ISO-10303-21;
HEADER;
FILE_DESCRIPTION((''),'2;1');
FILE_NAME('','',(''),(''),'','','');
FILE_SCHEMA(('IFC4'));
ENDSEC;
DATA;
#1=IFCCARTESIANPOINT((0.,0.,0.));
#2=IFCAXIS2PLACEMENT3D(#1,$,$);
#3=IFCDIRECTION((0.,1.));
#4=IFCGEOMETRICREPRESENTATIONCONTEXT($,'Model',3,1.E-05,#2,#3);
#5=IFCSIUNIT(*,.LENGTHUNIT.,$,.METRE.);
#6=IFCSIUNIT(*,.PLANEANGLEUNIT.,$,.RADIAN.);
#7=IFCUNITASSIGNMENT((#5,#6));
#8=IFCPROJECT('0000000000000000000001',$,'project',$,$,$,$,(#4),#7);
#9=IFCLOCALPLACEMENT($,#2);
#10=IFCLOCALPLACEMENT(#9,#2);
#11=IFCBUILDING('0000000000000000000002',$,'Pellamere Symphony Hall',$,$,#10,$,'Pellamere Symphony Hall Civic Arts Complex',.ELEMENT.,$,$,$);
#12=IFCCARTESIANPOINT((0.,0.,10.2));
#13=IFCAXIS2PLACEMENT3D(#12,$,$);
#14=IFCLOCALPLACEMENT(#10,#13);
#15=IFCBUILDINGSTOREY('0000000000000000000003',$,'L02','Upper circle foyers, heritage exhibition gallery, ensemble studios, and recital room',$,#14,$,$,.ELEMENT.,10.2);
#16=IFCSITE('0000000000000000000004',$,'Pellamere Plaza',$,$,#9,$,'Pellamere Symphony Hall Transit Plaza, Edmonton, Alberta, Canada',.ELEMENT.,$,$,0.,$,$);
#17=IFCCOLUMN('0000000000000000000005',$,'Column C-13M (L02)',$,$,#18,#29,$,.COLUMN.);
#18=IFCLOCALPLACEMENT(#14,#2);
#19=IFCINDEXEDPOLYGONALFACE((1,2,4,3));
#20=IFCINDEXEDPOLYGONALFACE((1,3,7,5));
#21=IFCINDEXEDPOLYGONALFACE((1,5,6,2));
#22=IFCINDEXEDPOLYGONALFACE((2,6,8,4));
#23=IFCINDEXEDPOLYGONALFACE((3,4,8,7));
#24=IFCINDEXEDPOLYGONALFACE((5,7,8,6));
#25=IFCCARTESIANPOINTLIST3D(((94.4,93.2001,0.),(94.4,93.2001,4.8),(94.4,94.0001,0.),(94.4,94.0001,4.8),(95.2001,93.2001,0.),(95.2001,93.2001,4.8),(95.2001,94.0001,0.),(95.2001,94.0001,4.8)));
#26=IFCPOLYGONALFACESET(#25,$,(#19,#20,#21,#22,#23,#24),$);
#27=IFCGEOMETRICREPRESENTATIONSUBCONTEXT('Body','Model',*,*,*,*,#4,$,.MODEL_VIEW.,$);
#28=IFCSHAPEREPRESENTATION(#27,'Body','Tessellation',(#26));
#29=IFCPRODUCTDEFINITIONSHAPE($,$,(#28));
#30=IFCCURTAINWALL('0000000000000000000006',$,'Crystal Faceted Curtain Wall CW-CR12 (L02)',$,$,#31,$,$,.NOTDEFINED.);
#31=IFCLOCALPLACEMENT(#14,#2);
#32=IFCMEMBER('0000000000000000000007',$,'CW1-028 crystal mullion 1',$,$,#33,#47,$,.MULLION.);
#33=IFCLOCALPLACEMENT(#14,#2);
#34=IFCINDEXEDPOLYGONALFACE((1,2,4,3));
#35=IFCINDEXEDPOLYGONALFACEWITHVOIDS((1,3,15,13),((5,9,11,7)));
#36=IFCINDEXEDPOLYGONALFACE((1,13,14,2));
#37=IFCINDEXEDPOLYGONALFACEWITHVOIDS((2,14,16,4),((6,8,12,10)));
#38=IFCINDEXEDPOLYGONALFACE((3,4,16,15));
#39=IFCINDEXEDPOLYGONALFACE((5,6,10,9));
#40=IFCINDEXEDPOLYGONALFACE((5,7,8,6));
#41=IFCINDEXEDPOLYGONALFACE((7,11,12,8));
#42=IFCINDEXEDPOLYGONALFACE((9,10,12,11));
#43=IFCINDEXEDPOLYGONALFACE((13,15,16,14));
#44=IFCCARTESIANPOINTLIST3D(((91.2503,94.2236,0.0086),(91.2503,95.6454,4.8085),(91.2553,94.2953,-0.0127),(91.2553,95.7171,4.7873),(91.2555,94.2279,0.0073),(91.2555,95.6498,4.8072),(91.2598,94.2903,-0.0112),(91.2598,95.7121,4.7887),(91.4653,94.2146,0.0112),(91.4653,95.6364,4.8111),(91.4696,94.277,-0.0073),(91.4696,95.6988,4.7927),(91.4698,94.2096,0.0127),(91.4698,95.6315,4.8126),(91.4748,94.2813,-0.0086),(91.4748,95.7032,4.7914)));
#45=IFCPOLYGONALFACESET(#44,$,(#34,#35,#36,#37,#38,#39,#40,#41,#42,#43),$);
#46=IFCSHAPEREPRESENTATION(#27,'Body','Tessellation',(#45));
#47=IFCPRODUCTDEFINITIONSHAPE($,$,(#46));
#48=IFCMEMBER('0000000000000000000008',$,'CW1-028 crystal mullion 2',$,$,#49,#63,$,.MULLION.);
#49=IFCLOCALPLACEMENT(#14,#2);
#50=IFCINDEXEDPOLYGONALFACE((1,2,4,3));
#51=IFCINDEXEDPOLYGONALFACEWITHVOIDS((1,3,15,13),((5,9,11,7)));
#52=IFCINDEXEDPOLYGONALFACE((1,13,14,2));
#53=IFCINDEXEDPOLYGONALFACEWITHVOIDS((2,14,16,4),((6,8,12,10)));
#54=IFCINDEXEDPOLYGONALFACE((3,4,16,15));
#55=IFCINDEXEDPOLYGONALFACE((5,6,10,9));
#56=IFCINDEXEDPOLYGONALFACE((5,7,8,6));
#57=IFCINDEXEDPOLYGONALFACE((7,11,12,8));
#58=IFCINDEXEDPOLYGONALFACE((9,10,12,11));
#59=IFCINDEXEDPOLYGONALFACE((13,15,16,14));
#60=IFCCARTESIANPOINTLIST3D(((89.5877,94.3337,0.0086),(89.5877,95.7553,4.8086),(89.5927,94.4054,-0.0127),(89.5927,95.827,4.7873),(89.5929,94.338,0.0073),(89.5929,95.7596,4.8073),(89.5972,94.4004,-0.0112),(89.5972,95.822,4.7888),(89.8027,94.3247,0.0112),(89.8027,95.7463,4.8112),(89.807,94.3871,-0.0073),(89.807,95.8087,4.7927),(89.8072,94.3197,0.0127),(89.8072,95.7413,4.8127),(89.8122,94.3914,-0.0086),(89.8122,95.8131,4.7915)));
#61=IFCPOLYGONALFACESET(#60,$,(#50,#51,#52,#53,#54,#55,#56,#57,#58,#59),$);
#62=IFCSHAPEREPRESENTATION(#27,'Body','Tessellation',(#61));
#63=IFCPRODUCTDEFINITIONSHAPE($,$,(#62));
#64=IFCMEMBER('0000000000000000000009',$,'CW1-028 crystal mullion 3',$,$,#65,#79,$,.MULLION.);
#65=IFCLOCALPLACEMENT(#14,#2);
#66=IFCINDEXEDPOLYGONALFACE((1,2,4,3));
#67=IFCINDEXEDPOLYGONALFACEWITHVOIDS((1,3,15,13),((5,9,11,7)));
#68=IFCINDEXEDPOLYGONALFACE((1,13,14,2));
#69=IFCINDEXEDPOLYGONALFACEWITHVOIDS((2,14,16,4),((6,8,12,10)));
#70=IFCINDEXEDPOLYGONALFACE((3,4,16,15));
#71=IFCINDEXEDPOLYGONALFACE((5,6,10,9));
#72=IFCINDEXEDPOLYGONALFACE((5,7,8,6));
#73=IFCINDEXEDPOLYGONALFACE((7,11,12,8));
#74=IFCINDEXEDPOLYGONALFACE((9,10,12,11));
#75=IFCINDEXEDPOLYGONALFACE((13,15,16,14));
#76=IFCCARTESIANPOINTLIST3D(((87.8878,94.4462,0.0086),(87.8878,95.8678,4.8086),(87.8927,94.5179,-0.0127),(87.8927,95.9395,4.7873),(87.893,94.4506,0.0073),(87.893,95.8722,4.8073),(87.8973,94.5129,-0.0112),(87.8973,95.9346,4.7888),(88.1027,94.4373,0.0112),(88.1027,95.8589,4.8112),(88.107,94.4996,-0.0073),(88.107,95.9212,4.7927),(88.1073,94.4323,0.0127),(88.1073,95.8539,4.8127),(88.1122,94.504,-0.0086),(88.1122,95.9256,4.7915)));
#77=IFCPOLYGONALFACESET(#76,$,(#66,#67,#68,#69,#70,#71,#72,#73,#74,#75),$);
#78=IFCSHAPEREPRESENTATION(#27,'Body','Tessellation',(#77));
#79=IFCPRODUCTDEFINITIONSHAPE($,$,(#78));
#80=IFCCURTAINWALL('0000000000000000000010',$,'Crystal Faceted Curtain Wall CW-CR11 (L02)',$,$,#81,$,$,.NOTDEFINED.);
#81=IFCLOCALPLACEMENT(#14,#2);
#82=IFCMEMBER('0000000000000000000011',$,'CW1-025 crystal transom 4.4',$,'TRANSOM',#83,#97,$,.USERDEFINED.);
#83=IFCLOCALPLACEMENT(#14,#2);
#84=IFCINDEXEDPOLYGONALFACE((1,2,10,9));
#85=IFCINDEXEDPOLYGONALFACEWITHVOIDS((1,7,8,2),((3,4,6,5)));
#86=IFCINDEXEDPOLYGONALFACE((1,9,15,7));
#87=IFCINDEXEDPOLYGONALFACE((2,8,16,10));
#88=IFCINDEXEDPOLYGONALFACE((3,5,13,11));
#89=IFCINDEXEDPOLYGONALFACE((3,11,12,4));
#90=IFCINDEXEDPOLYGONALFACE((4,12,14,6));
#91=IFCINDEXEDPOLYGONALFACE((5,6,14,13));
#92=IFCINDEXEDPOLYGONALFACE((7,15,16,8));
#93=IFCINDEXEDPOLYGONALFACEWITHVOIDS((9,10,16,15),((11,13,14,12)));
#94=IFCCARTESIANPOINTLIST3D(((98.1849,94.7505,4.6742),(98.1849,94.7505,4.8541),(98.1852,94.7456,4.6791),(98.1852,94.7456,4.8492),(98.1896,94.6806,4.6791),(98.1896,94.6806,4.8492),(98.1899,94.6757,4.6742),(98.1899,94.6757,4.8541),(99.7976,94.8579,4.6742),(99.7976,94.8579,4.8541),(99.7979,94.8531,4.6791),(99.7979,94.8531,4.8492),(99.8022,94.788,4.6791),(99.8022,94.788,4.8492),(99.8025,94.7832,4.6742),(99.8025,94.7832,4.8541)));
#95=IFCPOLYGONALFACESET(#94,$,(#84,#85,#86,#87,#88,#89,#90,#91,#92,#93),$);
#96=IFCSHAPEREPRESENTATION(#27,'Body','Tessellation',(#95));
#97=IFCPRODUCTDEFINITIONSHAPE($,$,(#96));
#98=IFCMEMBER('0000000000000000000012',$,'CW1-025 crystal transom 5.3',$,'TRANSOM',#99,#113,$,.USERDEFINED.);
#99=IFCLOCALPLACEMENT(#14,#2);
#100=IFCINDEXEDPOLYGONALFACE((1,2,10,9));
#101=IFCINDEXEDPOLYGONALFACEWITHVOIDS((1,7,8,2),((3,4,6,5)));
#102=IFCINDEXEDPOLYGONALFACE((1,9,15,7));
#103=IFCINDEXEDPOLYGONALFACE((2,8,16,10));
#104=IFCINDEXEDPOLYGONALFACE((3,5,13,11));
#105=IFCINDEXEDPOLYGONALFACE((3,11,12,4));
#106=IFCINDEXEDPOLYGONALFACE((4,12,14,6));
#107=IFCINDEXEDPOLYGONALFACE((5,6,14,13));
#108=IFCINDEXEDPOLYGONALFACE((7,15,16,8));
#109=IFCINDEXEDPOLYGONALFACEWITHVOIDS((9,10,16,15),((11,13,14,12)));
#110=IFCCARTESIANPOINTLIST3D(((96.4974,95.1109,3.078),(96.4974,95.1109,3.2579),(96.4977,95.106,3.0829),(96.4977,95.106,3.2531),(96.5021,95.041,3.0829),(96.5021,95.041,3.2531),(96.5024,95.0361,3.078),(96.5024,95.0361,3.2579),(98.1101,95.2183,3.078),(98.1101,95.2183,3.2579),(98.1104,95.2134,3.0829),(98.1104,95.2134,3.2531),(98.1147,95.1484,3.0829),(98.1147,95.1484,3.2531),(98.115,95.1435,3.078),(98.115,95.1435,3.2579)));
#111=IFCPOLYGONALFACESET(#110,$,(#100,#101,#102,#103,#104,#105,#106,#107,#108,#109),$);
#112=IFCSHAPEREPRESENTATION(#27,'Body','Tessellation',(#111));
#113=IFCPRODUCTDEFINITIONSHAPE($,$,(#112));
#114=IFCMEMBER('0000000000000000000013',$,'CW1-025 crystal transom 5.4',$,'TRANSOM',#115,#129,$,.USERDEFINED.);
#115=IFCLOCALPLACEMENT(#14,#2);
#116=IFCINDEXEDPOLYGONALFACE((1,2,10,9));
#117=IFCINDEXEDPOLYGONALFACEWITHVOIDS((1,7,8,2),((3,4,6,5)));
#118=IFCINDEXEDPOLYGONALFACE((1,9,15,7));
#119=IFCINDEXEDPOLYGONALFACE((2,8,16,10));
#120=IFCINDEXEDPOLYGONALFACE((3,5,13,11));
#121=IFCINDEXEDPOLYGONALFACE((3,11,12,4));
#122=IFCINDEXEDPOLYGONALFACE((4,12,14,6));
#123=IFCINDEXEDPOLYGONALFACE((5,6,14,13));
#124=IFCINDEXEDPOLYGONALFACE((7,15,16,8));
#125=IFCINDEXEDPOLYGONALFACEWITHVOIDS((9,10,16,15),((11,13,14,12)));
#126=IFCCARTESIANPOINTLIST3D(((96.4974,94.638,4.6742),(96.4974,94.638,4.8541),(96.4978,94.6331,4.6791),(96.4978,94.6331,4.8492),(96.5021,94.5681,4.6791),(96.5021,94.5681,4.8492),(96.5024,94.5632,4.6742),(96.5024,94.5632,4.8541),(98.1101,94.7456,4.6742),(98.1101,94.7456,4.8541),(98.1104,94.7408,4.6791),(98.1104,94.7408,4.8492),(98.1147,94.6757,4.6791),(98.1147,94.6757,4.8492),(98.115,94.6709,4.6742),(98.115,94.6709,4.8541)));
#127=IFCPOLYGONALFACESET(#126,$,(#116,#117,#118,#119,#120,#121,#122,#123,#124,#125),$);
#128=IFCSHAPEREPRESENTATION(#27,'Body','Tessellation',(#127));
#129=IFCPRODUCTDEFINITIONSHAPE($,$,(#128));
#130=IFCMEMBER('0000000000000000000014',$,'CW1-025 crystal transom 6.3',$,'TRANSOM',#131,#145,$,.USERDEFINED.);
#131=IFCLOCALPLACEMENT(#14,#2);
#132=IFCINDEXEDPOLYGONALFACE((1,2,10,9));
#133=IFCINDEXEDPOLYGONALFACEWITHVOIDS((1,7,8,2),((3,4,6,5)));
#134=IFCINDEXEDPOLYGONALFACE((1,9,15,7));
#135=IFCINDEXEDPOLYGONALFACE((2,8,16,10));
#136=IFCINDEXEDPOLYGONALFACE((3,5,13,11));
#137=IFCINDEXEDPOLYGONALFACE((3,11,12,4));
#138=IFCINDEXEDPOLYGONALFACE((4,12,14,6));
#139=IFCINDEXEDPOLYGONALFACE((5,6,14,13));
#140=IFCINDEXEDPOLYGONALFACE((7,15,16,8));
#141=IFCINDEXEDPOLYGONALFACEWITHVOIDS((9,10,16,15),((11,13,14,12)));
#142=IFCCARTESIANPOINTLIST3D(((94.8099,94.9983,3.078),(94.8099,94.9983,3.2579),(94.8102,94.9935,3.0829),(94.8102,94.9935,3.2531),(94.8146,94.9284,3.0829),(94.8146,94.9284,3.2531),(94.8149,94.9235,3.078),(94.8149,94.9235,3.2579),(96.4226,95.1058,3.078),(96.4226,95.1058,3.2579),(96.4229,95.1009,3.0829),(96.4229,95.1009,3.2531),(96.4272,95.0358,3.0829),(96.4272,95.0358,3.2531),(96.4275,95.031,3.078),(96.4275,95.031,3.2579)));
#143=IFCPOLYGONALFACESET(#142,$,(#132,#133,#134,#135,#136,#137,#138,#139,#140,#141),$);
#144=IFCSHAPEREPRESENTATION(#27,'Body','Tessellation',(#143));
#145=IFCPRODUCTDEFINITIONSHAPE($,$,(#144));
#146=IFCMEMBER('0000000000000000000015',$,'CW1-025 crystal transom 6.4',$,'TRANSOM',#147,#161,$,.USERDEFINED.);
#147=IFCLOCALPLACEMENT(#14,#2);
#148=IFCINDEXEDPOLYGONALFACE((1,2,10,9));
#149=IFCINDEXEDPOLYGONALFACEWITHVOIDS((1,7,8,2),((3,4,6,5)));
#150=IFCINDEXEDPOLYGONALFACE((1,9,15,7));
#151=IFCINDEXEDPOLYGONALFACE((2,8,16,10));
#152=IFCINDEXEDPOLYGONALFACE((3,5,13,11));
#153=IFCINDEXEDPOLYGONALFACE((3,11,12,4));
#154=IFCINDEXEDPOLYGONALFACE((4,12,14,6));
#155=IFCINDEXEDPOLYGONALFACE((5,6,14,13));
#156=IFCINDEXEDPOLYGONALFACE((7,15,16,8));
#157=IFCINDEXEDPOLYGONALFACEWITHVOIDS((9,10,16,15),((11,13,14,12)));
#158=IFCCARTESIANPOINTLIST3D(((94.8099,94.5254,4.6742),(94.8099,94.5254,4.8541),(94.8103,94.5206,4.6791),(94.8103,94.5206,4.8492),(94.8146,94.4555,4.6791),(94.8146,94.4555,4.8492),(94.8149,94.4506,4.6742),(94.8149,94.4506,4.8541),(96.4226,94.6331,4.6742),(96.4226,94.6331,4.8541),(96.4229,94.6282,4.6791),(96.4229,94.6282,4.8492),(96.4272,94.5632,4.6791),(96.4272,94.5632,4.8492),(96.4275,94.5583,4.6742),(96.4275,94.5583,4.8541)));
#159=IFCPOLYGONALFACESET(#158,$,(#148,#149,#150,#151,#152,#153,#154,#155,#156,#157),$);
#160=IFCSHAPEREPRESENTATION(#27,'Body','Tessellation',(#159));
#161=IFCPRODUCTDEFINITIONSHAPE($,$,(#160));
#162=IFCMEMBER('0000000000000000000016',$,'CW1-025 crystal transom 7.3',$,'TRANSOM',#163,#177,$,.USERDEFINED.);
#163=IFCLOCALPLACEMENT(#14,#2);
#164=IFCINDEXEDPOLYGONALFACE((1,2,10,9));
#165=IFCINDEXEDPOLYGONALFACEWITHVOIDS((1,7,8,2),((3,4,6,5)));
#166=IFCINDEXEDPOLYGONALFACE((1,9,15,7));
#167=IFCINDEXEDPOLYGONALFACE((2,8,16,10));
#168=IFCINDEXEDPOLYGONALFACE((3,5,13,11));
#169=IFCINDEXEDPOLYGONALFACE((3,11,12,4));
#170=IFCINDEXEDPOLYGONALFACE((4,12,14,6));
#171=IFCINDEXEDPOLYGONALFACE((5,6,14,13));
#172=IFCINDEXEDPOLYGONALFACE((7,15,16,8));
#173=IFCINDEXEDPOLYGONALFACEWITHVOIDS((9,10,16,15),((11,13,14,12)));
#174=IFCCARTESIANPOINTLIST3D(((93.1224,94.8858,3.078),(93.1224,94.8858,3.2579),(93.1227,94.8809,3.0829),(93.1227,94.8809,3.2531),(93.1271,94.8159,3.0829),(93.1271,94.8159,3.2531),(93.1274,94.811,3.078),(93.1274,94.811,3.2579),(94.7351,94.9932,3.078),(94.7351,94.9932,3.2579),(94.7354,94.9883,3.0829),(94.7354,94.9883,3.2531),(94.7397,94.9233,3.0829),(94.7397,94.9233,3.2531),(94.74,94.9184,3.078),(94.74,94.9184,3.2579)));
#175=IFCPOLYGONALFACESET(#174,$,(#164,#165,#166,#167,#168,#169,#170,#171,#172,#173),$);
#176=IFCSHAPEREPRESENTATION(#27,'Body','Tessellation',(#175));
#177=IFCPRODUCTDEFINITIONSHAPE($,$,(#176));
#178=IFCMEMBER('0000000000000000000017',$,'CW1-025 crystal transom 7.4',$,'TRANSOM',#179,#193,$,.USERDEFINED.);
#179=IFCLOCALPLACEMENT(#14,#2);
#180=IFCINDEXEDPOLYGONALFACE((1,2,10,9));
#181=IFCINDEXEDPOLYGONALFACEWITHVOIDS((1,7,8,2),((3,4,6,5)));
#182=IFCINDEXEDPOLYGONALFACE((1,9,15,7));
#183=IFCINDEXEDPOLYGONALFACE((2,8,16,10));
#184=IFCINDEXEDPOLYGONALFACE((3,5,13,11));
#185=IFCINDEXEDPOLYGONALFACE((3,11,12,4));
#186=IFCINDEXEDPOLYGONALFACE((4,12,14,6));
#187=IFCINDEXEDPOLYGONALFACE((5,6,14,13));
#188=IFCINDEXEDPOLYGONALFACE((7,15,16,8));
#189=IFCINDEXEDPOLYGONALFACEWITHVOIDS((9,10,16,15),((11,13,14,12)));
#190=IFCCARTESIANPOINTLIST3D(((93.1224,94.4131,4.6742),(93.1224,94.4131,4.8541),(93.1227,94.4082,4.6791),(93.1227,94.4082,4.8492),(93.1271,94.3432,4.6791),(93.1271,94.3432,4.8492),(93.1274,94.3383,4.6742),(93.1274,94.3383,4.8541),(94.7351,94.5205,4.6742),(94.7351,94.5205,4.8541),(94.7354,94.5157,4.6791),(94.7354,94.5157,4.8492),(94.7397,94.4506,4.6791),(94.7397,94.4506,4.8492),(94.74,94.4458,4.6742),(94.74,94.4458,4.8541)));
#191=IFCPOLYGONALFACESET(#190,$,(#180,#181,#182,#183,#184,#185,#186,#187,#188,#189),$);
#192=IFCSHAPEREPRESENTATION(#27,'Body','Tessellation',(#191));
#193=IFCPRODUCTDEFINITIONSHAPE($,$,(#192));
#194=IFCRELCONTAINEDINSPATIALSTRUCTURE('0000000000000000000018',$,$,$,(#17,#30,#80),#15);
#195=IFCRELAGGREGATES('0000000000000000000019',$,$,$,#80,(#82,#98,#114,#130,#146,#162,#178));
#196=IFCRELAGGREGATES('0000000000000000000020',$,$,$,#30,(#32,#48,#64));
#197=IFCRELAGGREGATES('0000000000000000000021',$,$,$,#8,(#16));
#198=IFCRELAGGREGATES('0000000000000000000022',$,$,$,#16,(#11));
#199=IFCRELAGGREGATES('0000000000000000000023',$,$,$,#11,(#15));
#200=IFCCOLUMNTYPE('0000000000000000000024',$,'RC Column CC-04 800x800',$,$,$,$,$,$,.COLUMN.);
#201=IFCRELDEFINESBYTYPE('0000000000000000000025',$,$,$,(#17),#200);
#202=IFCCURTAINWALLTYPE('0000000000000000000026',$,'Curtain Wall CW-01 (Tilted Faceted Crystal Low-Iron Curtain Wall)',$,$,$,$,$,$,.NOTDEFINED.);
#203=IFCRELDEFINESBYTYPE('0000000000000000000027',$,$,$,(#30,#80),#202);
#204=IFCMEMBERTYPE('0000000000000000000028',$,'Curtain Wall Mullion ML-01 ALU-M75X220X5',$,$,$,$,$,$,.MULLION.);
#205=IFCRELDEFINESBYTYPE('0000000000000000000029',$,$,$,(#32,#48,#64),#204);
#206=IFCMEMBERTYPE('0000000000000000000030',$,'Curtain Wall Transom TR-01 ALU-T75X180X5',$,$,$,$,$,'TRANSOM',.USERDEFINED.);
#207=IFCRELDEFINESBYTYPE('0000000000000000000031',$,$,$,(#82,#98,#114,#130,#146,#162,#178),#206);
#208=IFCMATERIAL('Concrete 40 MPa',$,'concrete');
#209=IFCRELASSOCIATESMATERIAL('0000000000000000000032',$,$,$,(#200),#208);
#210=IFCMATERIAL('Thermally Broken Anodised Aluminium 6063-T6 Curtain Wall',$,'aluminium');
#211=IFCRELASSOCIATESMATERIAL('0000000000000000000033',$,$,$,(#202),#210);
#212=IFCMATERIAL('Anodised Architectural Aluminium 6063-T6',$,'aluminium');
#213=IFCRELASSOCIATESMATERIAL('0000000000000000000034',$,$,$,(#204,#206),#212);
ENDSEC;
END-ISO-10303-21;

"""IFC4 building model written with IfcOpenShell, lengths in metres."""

from ifc_helpers import new_model, si_unit, direction, frame, origin, origin_2d, place, context, subcontext, project, spatial, rectangle, hollow_rectangle, extrude, material, material_profile, profile_set, type_object, element, aggregate, save


model = new_model("IFC4")

# Units and contexts
model_context = context("Model", 3, precision=1e-05, world=origin(), true_north=direction((0.0, 1.0)))
body_context = subcontext(model_context, "Body", "Model", "MODEL_VIEW")
ifc_project = project(units=[si_unit("LENGTHUNIT", "METRE"), si_unit("PLANEANGLEUNIT", "RADIAN")], contexts=[model_context])

# Site, building, storey
site_placement = place(None, origin())
site = spatial("IfcSite", under=ifc_project, at=site_placement, Name="Pellamere Plaza", LongName="Pellamere Symphony Hall Transit Plaza, Edmonton, Alberta, Canada", CompositionType="ELEMENT", RefElevation=0.0)
building_placement = place(site_placement, origin())
building = spatial("IfcBuilding", under=site, at=building_placement, Name="Pellamere Symphony Hall", LongName="Pellamere Symphony Hall Civic Arts Complex", CompositionType="ELEMENT")
storey_placement = place(building_placement, frame((0.0, 0.0, 10.2)))
storey = spatial("IfcBuildingStorey", under=building, at=storey_placement, Name="L02", Description="Upper circle foyers, heritage exhibition gallery, ensemble studios, and recital room", CompositionType="ELEMENT", Elevation=10.2)

# Column
ifc_material_1 = material(Name="Concrete 40 MPa", Category="concrete")
ifc_material_profile_1 = material_profile(ifc_material_1, rectangle(XDim=0.8, YDim=0.8, at=origin_2d()), Name="RC 800x800")
ifc_profile_set_1 = profile_set([ifc_material_profile_1], Name="Concrete 40 MPa")
column_type = type_object("IfcColumnType", Name="RC Column CC-04 800x800", PredefinedType="COLUMN", material=ifc_profile_set_1)
column_placement = place(storey_placement, frame((94.8, 93.6001, 0.0), z_axis=(0.0, 0.0, 1.0), x_axis=(1.0, 0.0, 0.0)))
element("IfcColumn", 1, at=column_placement, inside=storey, type_object=column_type, Name="Column C-13M (L02)", PredefinedType="COLUMN", context=body_context, shape_type="SweptSolid", body=[
    extrude(rectangle(XDim=0.8, YDim=0.8, at=origin_2d()), origin(), (0.0, 0.0, 1.0), 4.8),
])

# Curtain walls, members
ifc_material_2 = material(Name="Thermally Broken Anodised Aluminium 6063-T6 Curtain Wall", Category="aluminium")
curtain_wall_type = type_object("IfcCurtainWallType", Name="Curtain Wall CW-01 (Tilted Faceted Crystal Low-Iron Curtain Wall)", PredefinedType="NOTDEFINED", material=ifc_material_2)
curtain_wall_1_placement = place(storey_placement, origin())
curtain_wall_1 = element("IfcCurtainWall", 2, at=curtain_wall_1_placement, inside=storey, type_object=curtain_wall_type, Name="Crystal Faceted Curtain Wall CW-CR12 (L02)", PredefinedType="NOTDEFINED")
ifc_material_3 = material(Name="Anodised Architectural Aluminium 6063-T6", Category="aluminium")
ifc_material_profile_2 = material_profile(ifc_material_3, hollow_rectangle(XDim=0.075, YDim=0.22, WallThickness=0.0049, at=origin_2d()), Name="ALU-M75X220X5")
ifc_profile_set_2 = profile_set([ifc_material_profile_2], Name="Anodised Architectural Aluminium 6063-T6")
member_type_1 = type_object("IfcMemberType", Name="Curtain Wall Mullion ML-01 ALU-M75X220X5", PredefinedType="MULLION", material=ifc_profile_set_2)
member_1_placement = place(storey_placement, frame((91.3625, 94.2524, 0.0), z_axis=(0.0, 0.284022, 0.958818), x_axis=(0.066032, 0.956725, -0.283402)))
member_1 = element("IfcMember", 3, at=member_1_placement, type_object=member_type_1, Name="CW1-028 crystal mullion 1", PredefinedType="MULLION", context=body_context, shape_type="SweptSolid", body=[
    extrude(hollow_rectangle(XDim=0.075, YDim=0.22, WallThickness=0.0049, at=origin_2d()), origin(), (0.0, 0.0, 1.0), 5.0061),
])
member_2_placement = place(storey_placement, frame((89.7, 94.3625, 0.0), z_axis=(0.0, 0.283977, 0.958831), x_axis=(0.066032, 0.956738, -0.283357)))
member_2 = element("IfcMember", 4, at=member_2_placement, type_object=member_type_1, Name="CW1-028 crystal mullion 2", PredefinedType="MULLION", context=body_context, shape_type="SweptSolid", body=[
    extrude(hollow_rectangle(XDim=0.075, YDim=0.22, WallThickness=0.0049, at=origin_2d()), origin(), (0.0, 0.0, 1.0), 5.0061),
])
member_3_placement = place(storey_placement, frame((88.0, 94.4751, 0.0), z_axis=(0.0, 0.283977, 0.958831), x_axis=(0.066032, 0.956738, -0.283357)))
member_3 = element("IfcMember", 5, at=member_3_placement, type_object=member_type_1, Name="CW1-028 crystal mullion 3", PredefinedType="MULLION", context=body_context, shape_type="SweptSolid", body=[
    extrude(hollow_rectangle(XDim=0.075, YDim=0.22, WallThickness=0.0049, at=origin_2d()), origin(), (0.0, 0.0, 1.0), 5.0061),
])
curtain_wall_2_placement = place(storey_placement, origin())
curtain_wall_2 = element("IfcCurtainWall", 6, at=curtain_wall_2_placement, inside=storey, type_object=curtain_wall_type, Name="Crystal Faceted Curtain Wall CW-CR11 (L02)", PredefinedType="NOTDEFINED")
ifc_material_profile_3 = material_profile(ifc_material_3, hollow_rectangle(XDim=0.075, YDim=0.1799, WallThickness=0.0049, at=origin_2d()), Name="ALU-T75X180X5")
ifc_profile_set_3 = profile_set([ifc_material_profile_3], Name="Anodised Architectural Aluminium 6063-T6")
member_type_2 = type_object("IfcMemberType", Name="Curtain Wall Transom TR-01 ALU-T75X180X5", ElementType="TRANSOM", PredefinedType="USERDEFINED", material=ifc_profile_set_3)
member_4_placement = place(storey_placement, frame((99.8, 94.8206, 4.7642), z_axis=(-0.997788, -0.066469, 0.0), x_axis=(0.066469, -0.997788, 0.0)))
member_4 = element("IfcMember", 7, at=member_4_placement, type_object=member_type_2, Name="CW1-025 crystal transom 4.4", ObjectType="TRANSOM", PredefinedType="USERDEFINED", context=body_context, shape_type="SweptSolid", body=[
    extrude(hollow_rectangle(XDim=0.075, YDim=0.1799, WallThickness=0.0049, at=origin_2d()), origin(), (0.0, 0.0, 1.0), 1.6162),
])
member_5_placement = place(storey_placement, frame((98.1125, 95.1809, 3.168), z_axis=(-0.997788, -0.066469, 0.0), x_axis=(0.066469, -0.997788, 0.0)))
member_5 = element("IfcMember", 8, at=member_5_placement, type_object=member_type_2, Name="CW1-025 crystal transom 5.3", ObjectType="TRANSOM", PredefinedType="USERDEFINED", context=body_context, shape_type="SweptSolid", body=[
    extrude(hollow_rectangle(XDim=0.075, YDim=0.1799, WallThickness=0.0049, at=origin_2d()), origin(), (0.0, 0.0, 1.0), 1.6162),
])
member_6_placement = place(storey_placement, frame((98.1125, 94.7083, 4.7642), z_axis=(-0.997778, -0.066619, 0.0), x_axis=(0.066619, -0.997778, 0.0)))
member_6 = element("IfcMember", 9, at=member_6_placement, type_object=member_type_2, Name="CW1-025 crystal transom 5.4", ObjectType="TRANSOM", PredefinedType="USERDEFINED", context=body_context, shape_type="SweptSolid", body=[
    extrude(hollow_rectangle(XDim=0.075, YDim=0.1799, WallThickness=0.0049, at=origin_2d()), origin(), (0.0, 0.0, 1.0), 1.6162),
])
member_7_placement = place(storey_placement, frame((96.425, 95.0684, 3.168), z_axis=(-0.997788, -0.066469, 0.0), x_axis=(0.066469, -0.997788, 0.0)))
member_7 = element("IfcMember", 10, at=member_7_placement, type_object=member_type_2, Name="CW1-025 crystal transom 6.3", ObjectType="TRANSOM", PredefinedType="USERDEFINED", context=body_context, shape_type="SweptSolid", body=[
    extrude(hollow_rectangle(XDim=0.075, YDim=0.1799, WallThickness=0.0049, at=origin_2d()), origin(), (0.0, 0.0, 1.0), 1.6162),
])
member_8_placement = place(storey_placement, frame((96.425, 94.5957, 4.7642), z_axis=(-0.997778, -0.066619, 0.0), x_axis=(0.066619, -0.997778, 0.0)))
member_8 = element("IfcMember", 11, at=member_8_placement, type_object=member_type_2, Name="CW1-025 crystal transom 6.4", ObjectType="TRANSOM", PredefinedType="USERDEFINED", context=body_context, shape_type="SweptSolid", body=[
    extrude(hollow_rectangle(XDim=0.075, YDim=0.1799, WallThickness=0.0049, at=origin_2d()), origin(), (0.0, 0.0, 1.0), 1.6162),
])
member_9_placement = place(storey_placement, frame((94.7375, 94.9558, 3.168), z_axis=(-0.997788, -0.066469, 0.0), x_axis=(0.066469, -0.997788, 0.0)))
member_9 = element("IfcMember", 12, at=member_9_placement, type_object=member_type_2, Name="CW1-025 crystal transom 7.3", ObjectType="TRANSOM", PredefinedType="USERDEFINED", context=body_context, shape_type="SweptSolid", body=[
    extrude(hollow_rectangle(XDim=0.075, YDim=0.1799, WallThickness=0.0049, at=origin_2d()), origin(), (0.0, 0.0, 1.0), 1.6162),
])
member_10_placement = place(storey_placement, frame((94.7375, 94.4832, 4.7642), z_axis=(-0.997788, -0.066469, 0.0), x_axis=(0.066469, -0.997788, 0.0)))
member_10 = element("IfcMember", 13, at=member_10_placement, type_object=member_type_2, Name="CW1-025 crystal transom 7.4", ObjectType="TRANSOM", PredefinedType="USERDEFINED", context=body_context, shape_type="SweptSolid", body=[
    extrude(hollow_rectangle(XDim=0.075, YDim=0.1799, WallThickness=0.0049, at=origin_2d()), origin(), (0.0, 0.0, 1.0), 1.6162),
])

aggregate(curtain_wall_2, [member_4, member_5, member_6, member_7, member_8, member_9, member_10])
aggregate(curtain_wall_1, [member_1, member_2, member_3])

save(model, "model.ifc")
